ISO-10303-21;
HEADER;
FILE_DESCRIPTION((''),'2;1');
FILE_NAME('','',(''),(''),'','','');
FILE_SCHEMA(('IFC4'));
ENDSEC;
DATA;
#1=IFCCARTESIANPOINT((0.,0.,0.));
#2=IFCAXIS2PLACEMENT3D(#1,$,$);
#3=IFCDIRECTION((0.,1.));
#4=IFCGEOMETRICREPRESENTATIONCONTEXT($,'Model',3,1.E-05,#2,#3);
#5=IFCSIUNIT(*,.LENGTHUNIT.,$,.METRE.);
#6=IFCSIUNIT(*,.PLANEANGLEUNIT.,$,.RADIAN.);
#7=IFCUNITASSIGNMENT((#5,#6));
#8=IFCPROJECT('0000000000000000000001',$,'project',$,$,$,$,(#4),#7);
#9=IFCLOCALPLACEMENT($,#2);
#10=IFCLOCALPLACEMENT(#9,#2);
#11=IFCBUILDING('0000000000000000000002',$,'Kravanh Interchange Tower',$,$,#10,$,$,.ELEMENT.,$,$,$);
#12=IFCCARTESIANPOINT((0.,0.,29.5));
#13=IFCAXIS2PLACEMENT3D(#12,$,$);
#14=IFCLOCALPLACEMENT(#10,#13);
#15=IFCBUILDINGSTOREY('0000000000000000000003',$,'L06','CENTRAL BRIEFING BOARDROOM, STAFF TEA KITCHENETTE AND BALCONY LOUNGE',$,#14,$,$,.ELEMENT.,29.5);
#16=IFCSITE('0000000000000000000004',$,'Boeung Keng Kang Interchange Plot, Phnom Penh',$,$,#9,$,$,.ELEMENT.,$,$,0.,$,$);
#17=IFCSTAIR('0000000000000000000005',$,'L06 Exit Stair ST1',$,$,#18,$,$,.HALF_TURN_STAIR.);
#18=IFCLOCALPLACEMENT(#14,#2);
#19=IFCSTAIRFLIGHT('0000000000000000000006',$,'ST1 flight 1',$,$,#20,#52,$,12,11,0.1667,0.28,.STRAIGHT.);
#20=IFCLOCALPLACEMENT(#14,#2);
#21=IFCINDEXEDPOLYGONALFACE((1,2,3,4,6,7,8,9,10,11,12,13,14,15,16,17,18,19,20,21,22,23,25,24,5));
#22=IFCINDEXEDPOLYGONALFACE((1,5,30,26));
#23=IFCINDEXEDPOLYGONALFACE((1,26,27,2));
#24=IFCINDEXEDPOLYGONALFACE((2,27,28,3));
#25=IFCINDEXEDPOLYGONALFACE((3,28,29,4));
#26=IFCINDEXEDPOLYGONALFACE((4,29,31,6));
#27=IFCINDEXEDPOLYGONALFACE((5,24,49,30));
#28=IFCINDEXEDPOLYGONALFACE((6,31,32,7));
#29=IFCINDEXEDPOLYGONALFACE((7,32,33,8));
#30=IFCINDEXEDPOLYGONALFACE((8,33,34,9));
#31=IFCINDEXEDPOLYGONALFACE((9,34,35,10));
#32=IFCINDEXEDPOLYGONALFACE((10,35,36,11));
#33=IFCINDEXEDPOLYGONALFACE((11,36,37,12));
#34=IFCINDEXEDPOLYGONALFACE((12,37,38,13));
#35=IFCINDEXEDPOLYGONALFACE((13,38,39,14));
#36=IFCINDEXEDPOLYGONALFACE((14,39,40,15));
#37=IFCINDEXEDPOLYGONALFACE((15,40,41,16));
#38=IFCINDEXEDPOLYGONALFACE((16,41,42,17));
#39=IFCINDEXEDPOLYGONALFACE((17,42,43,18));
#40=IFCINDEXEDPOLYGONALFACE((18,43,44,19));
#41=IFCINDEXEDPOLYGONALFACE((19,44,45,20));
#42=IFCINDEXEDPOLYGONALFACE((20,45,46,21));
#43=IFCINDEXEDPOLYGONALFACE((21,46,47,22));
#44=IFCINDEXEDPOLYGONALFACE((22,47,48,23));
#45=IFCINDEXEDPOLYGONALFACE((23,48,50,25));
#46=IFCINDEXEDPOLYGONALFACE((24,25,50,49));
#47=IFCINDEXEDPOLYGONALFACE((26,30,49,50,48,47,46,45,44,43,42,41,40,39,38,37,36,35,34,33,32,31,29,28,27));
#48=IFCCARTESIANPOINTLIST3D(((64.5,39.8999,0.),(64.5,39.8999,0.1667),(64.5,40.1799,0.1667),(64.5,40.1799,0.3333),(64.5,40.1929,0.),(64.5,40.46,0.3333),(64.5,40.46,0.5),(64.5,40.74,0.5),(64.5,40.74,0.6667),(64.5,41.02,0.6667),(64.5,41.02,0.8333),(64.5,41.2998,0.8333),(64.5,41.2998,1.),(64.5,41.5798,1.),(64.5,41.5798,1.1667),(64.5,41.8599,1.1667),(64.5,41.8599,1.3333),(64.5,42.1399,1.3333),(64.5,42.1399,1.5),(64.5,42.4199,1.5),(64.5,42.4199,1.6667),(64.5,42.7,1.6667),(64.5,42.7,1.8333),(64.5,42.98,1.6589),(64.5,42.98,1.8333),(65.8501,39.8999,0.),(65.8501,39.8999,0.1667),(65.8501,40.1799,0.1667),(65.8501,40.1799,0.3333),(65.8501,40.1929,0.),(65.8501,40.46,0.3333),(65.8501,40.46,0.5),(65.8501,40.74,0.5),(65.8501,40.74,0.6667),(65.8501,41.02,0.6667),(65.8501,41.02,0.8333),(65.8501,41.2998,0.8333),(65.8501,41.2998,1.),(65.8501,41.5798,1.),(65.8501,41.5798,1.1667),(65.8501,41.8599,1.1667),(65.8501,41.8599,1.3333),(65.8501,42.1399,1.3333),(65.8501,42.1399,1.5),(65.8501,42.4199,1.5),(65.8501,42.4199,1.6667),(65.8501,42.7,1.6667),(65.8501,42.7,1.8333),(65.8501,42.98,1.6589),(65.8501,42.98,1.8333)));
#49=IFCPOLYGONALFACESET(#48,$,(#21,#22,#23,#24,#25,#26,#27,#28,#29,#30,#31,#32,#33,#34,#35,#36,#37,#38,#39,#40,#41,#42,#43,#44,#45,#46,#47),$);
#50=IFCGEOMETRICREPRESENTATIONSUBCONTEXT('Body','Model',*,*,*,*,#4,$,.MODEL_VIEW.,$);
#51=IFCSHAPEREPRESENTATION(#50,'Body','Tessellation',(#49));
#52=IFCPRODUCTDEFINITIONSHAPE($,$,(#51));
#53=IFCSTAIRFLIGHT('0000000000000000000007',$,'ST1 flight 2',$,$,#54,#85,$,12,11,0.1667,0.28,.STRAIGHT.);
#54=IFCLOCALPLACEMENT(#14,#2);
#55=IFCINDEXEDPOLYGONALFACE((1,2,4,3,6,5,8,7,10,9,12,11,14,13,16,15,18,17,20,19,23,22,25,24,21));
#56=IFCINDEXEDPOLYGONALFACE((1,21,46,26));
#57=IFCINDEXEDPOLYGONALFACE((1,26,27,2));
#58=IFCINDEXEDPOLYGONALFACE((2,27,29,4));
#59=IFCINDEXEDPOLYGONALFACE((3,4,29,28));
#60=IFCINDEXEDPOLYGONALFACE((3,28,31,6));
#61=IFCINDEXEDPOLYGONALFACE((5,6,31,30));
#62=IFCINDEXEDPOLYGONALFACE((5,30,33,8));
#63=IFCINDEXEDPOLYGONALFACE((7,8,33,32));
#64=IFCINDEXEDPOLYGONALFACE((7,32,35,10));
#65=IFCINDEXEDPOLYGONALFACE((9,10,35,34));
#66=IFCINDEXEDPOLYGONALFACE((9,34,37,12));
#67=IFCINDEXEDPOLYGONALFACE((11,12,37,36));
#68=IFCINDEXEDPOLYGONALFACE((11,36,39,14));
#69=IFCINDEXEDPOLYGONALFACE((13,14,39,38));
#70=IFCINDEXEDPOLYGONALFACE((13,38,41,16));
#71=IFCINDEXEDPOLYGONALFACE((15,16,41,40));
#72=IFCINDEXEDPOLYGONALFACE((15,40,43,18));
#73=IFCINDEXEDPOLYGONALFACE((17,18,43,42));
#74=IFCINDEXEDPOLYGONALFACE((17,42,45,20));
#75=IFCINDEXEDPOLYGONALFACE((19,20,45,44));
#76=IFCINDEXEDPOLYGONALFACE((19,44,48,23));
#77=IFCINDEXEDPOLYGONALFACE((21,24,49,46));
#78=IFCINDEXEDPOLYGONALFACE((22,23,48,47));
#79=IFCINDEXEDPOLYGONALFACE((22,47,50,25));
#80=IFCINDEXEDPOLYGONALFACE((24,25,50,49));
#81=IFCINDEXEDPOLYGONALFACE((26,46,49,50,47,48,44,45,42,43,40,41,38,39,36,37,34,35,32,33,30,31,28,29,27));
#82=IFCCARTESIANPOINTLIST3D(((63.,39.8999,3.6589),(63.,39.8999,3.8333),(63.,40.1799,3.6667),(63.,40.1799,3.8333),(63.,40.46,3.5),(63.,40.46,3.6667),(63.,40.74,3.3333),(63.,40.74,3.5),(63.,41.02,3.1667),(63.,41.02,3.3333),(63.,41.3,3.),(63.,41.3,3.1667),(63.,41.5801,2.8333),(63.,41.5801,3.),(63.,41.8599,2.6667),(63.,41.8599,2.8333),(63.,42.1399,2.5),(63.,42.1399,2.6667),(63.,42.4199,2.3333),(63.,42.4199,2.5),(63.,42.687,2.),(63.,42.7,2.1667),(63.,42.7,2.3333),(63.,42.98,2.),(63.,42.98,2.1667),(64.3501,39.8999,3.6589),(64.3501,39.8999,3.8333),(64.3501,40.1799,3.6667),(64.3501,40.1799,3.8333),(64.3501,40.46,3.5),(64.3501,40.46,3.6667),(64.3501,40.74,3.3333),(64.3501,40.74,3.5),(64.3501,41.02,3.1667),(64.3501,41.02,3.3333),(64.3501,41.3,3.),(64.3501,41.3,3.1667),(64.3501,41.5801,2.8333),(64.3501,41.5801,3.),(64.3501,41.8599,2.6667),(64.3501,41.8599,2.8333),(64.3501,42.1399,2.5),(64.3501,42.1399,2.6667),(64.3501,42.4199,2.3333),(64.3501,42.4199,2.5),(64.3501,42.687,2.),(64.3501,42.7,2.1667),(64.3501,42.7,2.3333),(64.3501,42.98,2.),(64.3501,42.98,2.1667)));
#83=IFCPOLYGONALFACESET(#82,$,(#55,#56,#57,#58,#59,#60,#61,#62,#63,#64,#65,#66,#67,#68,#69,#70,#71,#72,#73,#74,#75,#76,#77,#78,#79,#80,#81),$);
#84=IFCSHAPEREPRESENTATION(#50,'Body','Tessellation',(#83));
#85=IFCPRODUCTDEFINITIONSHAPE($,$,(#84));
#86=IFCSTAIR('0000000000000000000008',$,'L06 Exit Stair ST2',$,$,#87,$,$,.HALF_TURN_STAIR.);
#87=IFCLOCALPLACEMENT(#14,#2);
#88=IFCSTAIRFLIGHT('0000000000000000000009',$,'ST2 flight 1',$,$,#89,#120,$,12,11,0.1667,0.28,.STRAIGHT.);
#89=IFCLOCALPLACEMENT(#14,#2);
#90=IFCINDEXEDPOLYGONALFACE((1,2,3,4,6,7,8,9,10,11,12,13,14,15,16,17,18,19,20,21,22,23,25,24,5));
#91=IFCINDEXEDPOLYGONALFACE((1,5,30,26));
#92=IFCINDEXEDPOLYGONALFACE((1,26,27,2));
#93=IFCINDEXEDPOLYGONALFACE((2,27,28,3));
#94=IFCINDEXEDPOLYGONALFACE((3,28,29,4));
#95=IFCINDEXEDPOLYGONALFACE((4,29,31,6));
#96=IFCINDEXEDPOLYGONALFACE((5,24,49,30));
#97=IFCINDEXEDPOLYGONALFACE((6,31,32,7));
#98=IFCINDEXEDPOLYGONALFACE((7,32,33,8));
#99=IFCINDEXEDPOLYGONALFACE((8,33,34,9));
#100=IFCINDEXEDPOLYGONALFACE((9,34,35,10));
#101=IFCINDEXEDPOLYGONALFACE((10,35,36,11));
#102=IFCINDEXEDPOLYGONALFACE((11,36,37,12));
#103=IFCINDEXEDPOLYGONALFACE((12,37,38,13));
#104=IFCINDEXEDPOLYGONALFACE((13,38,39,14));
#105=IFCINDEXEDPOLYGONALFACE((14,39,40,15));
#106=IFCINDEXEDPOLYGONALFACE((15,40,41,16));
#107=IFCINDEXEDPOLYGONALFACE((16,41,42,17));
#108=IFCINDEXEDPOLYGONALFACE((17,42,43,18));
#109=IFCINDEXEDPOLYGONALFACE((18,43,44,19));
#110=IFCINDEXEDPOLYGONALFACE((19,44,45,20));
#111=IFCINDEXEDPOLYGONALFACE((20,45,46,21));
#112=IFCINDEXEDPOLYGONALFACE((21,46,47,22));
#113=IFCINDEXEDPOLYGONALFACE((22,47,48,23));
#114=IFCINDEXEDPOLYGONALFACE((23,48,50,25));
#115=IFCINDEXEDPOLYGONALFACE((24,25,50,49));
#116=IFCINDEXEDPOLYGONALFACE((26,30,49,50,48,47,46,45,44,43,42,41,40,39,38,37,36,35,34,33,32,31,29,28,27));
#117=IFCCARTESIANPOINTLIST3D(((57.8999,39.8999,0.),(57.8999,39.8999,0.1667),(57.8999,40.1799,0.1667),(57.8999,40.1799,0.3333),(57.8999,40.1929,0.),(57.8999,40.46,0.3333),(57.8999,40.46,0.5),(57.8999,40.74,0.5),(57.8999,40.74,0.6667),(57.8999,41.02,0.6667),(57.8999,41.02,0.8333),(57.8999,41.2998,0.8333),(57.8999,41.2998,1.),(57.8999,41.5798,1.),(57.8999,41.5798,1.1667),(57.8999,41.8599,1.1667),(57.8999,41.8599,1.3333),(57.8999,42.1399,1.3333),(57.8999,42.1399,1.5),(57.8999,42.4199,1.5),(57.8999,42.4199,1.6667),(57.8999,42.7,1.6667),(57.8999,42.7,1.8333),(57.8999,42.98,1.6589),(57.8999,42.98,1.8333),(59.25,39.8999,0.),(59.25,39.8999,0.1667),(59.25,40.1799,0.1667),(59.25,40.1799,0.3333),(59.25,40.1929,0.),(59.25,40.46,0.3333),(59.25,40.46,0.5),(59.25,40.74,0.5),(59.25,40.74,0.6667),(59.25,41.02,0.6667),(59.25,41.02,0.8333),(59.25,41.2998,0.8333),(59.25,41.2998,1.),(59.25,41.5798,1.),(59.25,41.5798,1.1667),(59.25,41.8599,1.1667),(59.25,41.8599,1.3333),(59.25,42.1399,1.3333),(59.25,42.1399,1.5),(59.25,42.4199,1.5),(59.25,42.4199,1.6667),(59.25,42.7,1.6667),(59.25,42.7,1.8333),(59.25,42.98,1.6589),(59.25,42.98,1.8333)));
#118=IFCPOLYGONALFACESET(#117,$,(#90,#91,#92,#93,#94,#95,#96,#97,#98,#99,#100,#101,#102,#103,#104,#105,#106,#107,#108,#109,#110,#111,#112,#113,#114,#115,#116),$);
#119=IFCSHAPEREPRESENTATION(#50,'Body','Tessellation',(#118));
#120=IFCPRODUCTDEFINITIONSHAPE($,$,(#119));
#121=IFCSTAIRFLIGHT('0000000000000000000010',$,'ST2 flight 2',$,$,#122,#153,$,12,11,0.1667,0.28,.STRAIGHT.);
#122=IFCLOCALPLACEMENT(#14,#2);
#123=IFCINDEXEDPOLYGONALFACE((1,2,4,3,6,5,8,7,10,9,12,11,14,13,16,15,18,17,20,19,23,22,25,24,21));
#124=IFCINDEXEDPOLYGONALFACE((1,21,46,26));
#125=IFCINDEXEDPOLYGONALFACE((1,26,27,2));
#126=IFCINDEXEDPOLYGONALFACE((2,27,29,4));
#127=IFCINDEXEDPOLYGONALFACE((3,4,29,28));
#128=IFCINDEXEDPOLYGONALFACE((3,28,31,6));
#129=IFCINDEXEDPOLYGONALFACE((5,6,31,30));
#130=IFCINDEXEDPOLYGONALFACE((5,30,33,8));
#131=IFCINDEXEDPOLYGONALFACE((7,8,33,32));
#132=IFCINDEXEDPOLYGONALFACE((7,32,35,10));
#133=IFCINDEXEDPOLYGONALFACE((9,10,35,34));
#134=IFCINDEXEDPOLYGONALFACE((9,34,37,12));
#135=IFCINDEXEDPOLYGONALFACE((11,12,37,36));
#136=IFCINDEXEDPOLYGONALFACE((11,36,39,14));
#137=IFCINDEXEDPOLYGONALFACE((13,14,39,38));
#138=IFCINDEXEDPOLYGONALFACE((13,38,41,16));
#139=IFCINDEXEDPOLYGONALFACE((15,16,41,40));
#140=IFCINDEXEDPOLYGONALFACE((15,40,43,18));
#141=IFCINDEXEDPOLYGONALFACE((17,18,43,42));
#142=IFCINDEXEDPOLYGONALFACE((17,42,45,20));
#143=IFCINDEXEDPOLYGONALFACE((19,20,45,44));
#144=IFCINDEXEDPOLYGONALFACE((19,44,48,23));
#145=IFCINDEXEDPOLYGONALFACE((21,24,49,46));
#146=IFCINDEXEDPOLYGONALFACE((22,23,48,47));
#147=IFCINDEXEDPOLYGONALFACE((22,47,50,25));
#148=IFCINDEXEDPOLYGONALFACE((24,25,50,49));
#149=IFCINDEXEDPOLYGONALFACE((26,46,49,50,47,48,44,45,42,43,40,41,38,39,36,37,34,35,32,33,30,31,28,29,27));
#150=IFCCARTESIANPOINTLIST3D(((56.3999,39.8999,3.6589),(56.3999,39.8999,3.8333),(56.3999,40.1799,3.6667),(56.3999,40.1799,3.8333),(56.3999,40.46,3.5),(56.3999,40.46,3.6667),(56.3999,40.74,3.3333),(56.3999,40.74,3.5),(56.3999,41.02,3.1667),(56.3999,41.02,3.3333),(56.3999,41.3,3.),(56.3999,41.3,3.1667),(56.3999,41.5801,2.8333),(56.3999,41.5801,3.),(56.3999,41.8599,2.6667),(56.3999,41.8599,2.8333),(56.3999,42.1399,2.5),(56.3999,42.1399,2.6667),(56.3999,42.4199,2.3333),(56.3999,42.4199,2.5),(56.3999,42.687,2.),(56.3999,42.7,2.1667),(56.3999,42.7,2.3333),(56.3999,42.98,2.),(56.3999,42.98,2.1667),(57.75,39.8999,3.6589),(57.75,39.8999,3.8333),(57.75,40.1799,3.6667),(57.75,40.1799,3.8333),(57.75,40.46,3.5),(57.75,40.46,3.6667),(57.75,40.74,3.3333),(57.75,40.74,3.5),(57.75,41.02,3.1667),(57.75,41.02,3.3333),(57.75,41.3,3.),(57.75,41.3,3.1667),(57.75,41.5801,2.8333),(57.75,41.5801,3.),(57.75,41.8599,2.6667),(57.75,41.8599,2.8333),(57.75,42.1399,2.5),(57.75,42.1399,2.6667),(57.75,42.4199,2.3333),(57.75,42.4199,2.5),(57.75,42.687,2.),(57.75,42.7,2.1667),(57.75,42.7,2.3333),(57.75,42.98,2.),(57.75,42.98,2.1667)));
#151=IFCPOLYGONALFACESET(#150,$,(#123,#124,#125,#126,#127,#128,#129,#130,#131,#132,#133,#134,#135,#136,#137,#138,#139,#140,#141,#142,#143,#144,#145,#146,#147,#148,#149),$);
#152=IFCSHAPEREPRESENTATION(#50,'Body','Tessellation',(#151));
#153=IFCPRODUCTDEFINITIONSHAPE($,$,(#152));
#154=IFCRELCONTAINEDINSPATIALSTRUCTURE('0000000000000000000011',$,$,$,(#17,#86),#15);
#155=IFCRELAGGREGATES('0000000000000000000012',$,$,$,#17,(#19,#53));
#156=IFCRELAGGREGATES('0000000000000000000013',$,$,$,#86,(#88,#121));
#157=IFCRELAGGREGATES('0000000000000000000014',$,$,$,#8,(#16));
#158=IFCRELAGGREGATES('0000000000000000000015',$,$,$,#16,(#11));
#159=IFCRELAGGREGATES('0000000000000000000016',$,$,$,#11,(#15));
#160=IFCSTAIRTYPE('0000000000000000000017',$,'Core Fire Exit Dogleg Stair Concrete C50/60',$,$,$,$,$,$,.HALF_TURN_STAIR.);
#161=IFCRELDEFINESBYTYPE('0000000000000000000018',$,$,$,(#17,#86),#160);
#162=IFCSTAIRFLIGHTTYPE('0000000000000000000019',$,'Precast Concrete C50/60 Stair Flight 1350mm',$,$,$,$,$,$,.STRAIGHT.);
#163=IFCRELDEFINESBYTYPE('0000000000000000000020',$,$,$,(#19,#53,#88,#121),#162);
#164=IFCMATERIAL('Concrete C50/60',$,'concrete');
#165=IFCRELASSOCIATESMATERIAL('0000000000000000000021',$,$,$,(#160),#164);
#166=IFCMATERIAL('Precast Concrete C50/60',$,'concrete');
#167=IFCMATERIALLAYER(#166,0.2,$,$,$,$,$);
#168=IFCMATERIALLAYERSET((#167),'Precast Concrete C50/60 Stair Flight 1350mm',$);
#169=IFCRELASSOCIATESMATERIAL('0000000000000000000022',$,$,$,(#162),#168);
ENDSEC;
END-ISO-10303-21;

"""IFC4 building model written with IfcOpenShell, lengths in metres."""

from ifc_helpers import new_model, si_unit, direction, frame, origin, place, context, subcontext, project, spatial, polyline, outline, extrude, material, layer, layer_set, type_object, element, aggregate, save


model = new_model("IFC4")

# Units and contexts
model_context = context("Model", 3, precision=1e-05, world=origin(), true_north=direction((0.0, 1.0)))
body_context = subcontext(model_context, "Body", "Model", "MODEL_VIEW")
ifc_project = project(units=[si_unit("LENGTHUNIT", "METRE"), si_unit("PLANEANGLEUNIT", "RADIAN")], contexts=[model_context])

# Site, building, storey
site_placement = place(None, origin())
site = spatial("IfcSite", under=ifc_project, at=site_placement, Name="Boeung Keng Kang Interchange Plot, Phnom Penh", CompositionType="ELEMENT", RefElevation=0.0)
building_placement = place(site_placement, origin())
building = spatial("IfcBuilding", under=site, at=building_placement, Name="Kravanh Interchange Tower", CompositionType="ELEMENT")
storey_placement = place(building_placement, frame((0.0, 0.0, 29.5)))
storey = spatial("IfcBuildingStorey", under=building, at=storey_placement, Name="L06", Description="CENTRAL BRIEFING BOARDROOM, STAFF TEA KITCHENETTE AND BALCONY LOUNGE", CompositionType="ELEMENT", Elevation=29.5)

# Stairs, stair flights
ifc_material_1 = material(Name="Concrete C50/60", Category="concrete")
stair_type = type_object("IfcStairType", Name="Core Fire Exit Dogleg Stair Concrete C50/60", PredefinedType="HALF_TURN_STAIR", material=ifc_material_1)
stair_1_placement = place(storey_placement, origin())
stair_1 = element("IfcStair", 1, at=stair_1_placement, inside=storey, type_object=stair_type, Name="L06 Exit Stair ST1", PredefinedType="HALF_TURN_STAIR")
ifc_material_2 = material(Name="Precast Concrete C50/60", Category="concrete")
ifc_layer_1 = layer(ifc_material_2, 0.2)
ifc_layer_set_1 = layer_set([ifc_layer_1], Name="Precast Concrete C50/60 Stair Flight 1350mm")
stair_flight_type = type_object("IfcStairFlightType", Name="Precast Concrete C50/60 Stair Flight 1350mm", PredefinedType="STRAIGHT", material=ifc_layer_set_1)
stair_flight_1_placement = place(storey_placement, frame((65.175, 39.8999, 0.0), z_axis=(0.0, 0.0, 1.0), x_axis=(0.0, 1.0, 0.0)))
stair_flight_1 = element("IfcStairFlight", 2, at=stair_flight_1_placement, type_object=stair_flight_type, Name="ST1 flight 1", NumberOfRisers=12, NumberOfTreads=11, PredefinedType="STRAIGHT", RiserHeight=0.1667, TreadLength=0.28, context=body_context, shape_type="SweptSolid", body=[
    extrude(outline(polyline([(0.0, 0.0), (0.0, 0.1667), (0.28, 0.1667), (0.28, 0.3333), (0.5601, 0.3333), (0.5601, 0.5), (0.8401, 0.5), (0.8401, 0.6667), (1.1201, 0.6667), (1.1201, 0.8333), (1.3999, 0.8333), (1.3999, 1.0), (1.6799, 1.0), (1.6799, 1.1667), (1.96, 1.1667), (1.96, 1.3333), (2.24, 1.3333), (2.24, 1.5), (2.52, 1.5), (2.52, 1.6667), (2.8, 1.6667), (2.8, 1.8333), (3.0801, 1.8333), (3.0801, 2.0), (3.0801, 1.6589), (0.293, 0.0), (0.0, 0.0)])), frame((0.0, 0.675, 0.0), z_axis=(0.0, -1.0, 0.0), x_axis=(1.0, 0.0, 0.0)), (0.0, 0.0, 1.0), 1.3501),
])
stair_flight_2_placement = place(storey_placement, frame((63.675, 42.98, 2.0), z_axis=(0.0, 0.0, 1.0), x_axis=(0.0, -1.0, 0.0)))
stair_flight_2 = element("IfcStairFlight", 3, at=stair_flight_2_placement, type_object=stair_flight_type, Name="ST1 flight 2", NumberOfRisers=12, NumberOfTreads=11, PredefinedType="STRAIGHT", RiserHeight=0.1667, TreadLength=0.28, context=body_context, shape_type="SweptSolid", body=[
    extrude(outline(polyline([(0.0, 0.0), (0.0, 0.1667), (0.28, 0.1667), (0.28, 0.3333), (0.5601, 0.3333), (0.5601, 0.5), (0.8401, 0.5), (0.8401, 0.6667), (1.1201, 0.6667), (1.1201, 0.8333), (1.3999, 0.8333), (1.3999, 1.0), (1.6799, 1.0), (1.6799, 1.1667), (1.96, 1.1667), (1.96, 1.3333), (2.24, 1.3333), (2.24, 1.5), (2.52, 1.5), (2.52, 1.6667), (2.8, 1.6667), (2.8, 1.8333), (3.0801, 1.8333), (3.0801, 2.0), (3.0801, 1.6589), (0.293, 0.0), (0.0, 0.0)])), frame((0.0, 0.675, 0.0), z_axis=(0.0, -1.0, 0.0), x_axis=(1.0, 0.0, 0.0)), (0.0, 0.0, 1.0), 1.3501),
])
aggregate(stair_1, [stair_flight_1, stair_flight_2])
stair_2_placement = place(storey_placement, origin())
stair_2 = element("IfcStair", 4, at=stair_2_placement, inside=storey, type_object=stair_type, Name="L06 Exit Stair ST2", PredefinedType="HALF_TURN_STAIR")
stair_flight_3_placement = place(storey_placement, frame((58.575, 39.8999, 0.0), z_axis=(0.0, 0.0, 1.0), x_axis=(0.0, 1.0, 0.0)))
stair_flight_3 = element("IfcStairFlight", 5, at=stair_flight_3_placement, type_object=stair_flight_type, Name="ST2 flight 1", NumberOfRisers=12, NumberOfTreads=11, PredefinedType="STRAIGHT", RiserHeight=0.1667, TreadLength=0.28, context=body_context, shape_type="SweptSolid", body=[
    extrude(outline(polyline([(0.0, 0.0), (0.0, 0.1667), (0.28, 0.1667), (0.28, 0.3333), (0.5601, 0.3333), (0.5601, 0.5), (0.8401, 0.5), (0.8401, 0.6667), (1.1201, 0.6667), (1.1201, 0.8333), (1.3999, 0.8333), (1.3999, 1.0), (1.6799, 1.0), (1.6799, 1.1667), (1.96, 1.1667), (1.96, 1.3333), (2.24, 1.3333), (2.24, 1.5), (2.52, 1.5), (2.52, 1.6667), (2.8, 1.6667), (2.8, 1.8333), (3.0801, 1.8333), (3.0801, 2.0), (3.0801, 1.6589), (0.293, 0.0), (0.0, 0.0)])), frame((0.0, 0.675, 0.0), z_axis=(0.0, -1.0, 0.0), x_axis=(1.0, 0.0, 0.0)), (0.0, 0.0, 1.0), 1.3501),
])
stair_flight_4_placement = place(storey_placement, frame((57.075, 42.98, 2.0), z_axis=(0.0, 0.0, 1.0), x_axis=(0.0, -1.0, 0.0)))
stair_flight_4 = element("IfcStairFlight", 6, at=stair_flight_4_placement, type_object=stair_flight_type, Name="ST2 flight 2", NumberOfRisers=12, NumberOfTreads=11, PredefinedType="STRAIGHT", RiserHeight=0.1667, TreadLength=0.28, context=body_context, shape_type="SweptSolid", body=[
    extrude(outline(polyline([(0.0, 0.0), (0.0, 0.1667), (0.28, 0.1667), (0.28, 0.3333), (0.5601, 0.3333), (0.5601, 0.5), (0.8401, 0.5), (0.8401, 0.6667), (1.1201, 0.6667), (1.1201, 0.8333), (1.3999, 0.8333), (1.3999, 1.0), (1.6799, 1.0), (1.6799, 1.1667), (1.96, 1.1667), (1.96, 1.3333), (2.24, 1.3333), (2.24, 1.5), (2.52, 1.5), (2.52, 1.6667), (2.8, 1.6667), (2.8, 1.8333), (3.0801, 1.8333), (3.0801, 2.0), (3.0801, 1.6589), (0.293, 0.0), (0.0, 0.0)])), frame((0.0, 0.675, 0.0), z_axis=(0.0, -1.0, 0.0), x_axis=(1.0, 0.0, 0.0)), (0.0, 0.0, 1.0), 1.3501),
])
aggregate(stair_2, [stair_flight_3, stair_flight_4])

save(model, "model.ifc")
